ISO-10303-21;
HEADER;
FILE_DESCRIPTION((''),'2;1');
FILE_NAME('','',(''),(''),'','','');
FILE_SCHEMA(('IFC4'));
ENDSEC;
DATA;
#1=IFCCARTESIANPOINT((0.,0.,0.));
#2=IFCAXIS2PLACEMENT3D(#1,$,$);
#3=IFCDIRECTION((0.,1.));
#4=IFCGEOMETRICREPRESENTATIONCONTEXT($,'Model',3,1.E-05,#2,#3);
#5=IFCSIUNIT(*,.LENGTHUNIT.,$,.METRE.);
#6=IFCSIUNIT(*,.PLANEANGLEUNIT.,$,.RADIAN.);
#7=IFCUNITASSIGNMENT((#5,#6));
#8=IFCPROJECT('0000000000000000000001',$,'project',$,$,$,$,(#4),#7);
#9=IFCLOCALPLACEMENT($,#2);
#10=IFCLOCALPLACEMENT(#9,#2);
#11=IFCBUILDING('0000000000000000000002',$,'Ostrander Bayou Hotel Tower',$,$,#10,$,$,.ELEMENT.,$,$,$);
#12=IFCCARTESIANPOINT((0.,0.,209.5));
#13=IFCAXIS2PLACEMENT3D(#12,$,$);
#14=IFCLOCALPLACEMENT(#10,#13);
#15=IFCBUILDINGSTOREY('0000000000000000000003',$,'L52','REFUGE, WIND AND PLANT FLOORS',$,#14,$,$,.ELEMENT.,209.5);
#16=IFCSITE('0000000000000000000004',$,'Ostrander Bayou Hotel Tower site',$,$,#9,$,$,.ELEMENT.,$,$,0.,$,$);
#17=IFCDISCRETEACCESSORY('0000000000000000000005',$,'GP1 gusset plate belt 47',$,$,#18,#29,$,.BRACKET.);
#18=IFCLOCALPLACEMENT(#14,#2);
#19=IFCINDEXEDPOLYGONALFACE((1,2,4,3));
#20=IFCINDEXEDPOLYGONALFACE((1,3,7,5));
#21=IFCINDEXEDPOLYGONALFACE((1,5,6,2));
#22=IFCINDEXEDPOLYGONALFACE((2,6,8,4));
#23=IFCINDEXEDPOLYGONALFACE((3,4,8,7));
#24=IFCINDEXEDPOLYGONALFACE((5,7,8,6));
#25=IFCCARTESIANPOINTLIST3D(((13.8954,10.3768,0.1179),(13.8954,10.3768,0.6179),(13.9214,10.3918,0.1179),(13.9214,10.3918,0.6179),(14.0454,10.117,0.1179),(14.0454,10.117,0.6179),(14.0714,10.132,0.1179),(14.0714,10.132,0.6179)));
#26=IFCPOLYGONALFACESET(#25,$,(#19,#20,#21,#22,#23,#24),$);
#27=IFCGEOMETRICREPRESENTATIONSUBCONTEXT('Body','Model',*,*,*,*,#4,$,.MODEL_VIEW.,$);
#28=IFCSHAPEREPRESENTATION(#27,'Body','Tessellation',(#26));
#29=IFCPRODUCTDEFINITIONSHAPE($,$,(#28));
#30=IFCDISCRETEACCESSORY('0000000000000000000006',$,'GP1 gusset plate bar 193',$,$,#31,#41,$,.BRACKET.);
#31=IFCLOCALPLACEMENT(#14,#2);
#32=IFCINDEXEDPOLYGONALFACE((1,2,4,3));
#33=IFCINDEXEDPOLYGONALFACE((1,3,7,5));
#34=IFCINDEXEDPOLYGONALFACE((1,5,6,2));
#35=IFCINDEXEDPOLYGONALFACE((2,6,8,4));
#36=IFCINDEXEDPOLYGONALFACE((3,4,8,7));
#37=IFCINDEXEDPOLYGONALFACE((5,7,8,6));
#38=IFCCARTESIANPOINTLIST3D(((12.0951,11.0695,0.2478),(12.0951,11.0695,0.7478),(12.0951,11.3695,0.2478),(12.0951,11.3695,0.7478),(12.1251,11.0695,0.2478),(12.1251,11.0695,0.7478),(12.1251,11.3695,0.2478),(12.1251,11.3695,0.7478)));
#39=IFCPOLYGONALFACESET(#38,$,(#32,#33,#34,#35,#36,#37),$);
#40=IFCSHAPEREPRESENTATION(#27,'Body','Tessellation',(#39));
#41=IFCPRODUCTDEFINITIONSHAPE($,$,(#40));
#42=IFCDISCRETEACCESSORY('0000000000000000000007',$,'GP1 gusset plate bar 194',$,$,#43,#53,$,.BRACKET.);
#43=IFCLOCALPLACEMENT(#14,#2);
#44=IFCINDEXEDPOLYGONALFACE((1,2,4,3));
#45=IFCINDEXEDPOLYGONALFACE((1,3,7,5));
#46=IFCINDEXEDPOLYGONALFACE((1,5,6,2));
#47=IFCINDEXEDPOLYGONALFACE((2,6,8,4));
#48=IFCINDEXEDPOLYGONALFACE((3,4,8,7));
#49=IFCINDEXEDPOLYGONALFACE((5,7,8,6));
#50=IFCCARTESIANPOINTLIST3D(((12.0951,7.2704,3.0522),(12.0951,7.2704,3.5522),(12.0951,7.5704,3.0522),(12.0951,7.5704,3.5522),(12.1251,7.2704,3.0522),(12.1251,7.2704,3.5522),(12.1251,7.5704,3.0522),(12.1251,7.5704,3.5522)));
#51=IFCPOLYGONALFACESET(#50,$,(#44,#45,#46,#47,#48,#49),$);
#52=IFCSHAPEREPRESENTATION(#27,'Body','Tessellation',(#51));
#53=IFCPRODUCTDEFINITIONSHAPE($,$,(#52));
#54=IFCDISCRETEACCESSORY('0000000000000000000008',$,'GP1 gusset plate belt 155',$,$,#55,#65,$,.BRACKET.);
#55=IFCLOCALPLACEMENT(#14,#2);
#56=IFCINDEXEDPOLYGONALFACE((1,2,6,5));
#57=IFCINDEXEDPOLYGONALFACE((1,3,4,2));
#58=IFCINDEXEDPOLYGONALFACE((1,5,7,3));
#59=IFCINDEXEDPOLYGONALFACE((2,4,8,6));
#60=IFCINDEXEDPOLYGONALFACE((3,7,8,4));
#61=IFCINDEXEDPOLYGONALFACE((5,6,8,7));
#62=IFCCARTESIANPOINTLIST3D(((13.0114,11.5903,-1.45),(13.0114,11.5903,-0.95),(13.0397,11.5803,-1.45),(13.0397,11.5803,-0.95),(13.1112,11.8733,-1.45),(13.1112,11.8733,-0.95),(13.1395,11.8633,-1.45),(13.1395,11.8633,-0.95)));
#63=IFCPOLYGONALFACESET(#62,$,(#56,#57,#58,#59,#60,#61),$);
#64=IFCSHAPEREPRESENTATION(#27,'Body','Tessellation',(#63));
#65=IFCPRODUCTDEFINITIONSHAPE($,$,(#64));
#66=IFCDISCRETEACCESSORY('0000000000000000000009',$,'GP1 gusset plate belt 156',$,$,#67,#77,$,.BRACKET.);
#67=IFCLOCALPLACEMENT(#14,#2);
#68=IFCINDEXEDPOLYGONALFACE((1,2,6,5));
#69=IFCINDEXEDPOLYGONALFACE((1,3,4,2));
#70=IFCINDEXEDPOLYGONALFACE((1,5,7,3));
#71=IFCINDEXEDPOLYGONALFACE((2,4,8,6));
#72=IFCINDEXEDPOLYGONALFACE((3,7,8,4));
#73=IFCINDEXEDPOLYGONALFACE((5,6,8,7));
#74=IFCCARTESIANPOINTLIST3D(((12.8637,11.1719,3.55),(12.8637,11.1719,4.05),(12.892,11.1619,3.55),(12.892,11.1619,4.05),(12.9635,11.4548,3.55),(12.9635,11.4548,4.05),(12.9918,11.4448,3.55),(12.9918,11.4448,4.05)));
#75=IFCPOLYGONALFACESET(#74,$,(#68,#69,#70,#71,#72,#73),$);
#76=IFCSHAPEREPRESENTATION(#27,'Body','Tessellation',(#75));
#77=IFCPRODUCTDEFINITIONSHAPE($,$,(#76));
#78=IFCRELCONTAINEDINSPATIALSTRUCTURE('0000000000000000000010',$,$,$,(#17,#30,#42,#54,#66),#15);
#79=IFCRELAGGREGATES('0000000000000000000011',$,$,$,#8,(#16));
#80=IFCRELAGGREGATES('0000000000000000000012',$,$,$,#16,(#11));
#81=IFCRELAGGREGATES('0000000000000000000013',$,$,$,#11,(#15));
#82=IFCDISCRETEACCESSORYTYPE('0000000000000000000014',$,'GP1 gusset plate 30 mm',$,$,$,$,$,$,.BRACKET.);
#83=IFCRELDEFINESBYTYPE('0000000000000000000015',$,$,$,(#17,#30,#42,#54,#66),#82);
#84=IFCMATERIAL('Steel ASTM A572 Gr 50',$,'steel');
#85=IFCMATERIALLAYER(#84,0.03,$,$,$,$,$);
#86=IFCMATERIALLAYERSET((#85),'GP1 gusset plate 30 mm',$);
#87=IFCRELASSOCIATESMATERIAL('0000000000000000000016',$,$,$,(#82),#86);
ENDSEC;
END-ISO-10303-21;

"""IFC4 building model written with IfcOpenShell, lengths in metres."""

from ifc_helpers import new_model, si_unit, direction, frame, origin, origin_2d, place, context, subcontext, project, spatial, rectangle, extrude, material, layer, layer_set, type_object, element, save


model = new_model("IFC4")

# Units and contexts
model_context = context("Model", 3, precision=1e-05, world=origin(), true_north=direction((0.0, 1.0)))
body_context = subcontext(model_context, "Body", "Model", "MODEL_VIEW")
ifc_project = project(units=[si_unit("LENGTHUNIT", "METRE"), si_unit("PLANEANGLEUNIT", "RADIAN")], contexts=[model_context])

# Site, building, storey
site_placement = place(None, origin())
site = spatial("IfcSite", under=ifc_project, at=site_placement, Name="Ostrander Bayou Hotel Tower site", CompositionType="ELEMENT", RefElevation=0.0)
building_placement = place(site_placement, origin())
building = spatial("IfcBuilding", under=site, at=building_placement, Name="Ostrander Bayou Hotel Tower", CompositionType="ELEMENT")
storey_placement = place(building_placement, frame((0.0, 0.0, 209.5)))
storey = spatial("IfcBuildingStorey", under=building, at=storey_placement, Name="L52", Description="REFUGE, WIND AND PLANT FLOORS", CompositionType="ELEMENT", Elevation=209.5)

# Discrete accessories
ifc_material_1 = material(Name="Steel ASTM A572 Gr 50", Category="steel")
ifc_layer_1 = layer(ifc_material_1, 0.03)
ifc_layer_set_1 = layer_set([ifc_layer_1], Name="GP1 gusset plate 30 mm")
discrete_accessory_type = type_object("IfcDiscreteAccessoryType", Name="GP1 gusset plate 30 mm", PredefinedType="BRACKET", material=ifc_layer_set_1)
for number, where, z_axis, x_axis, name in (
    (1, (13.9834, 10.2544, 0.1179), (0.0, 0.0, 1.0), (0.500015, -0.866017, 0.0), "GP1 gusset plate belt 47"),
    (2, (12.1101, 11.2195, 0.2478), (0.0, 0.0, 1.0), (0.0, -1.0, 0.0), "GP1 gusset plate bar 193"),
    (3, (12.1101, 7.4204, 3.0522), (0.0, 0.0, 1.0), (0.0, -1.0, 0.0), "GP1 gusset plate bar 194"),
    (4, (13.0754, 11.7268, -1.45), (0.0, 0.0, 1.0), (-0.332737, -0.94302, 0.0), "GP1 gusset plate belt 155"),
    (5, (12.9277, 11.3083, 3.55), (0.0, 0.0, 1.0), (-0.332737, -0.94302, 0.0), "GP1 gusset plate belt 156"),
):
    element("IfcDiscreteAccessory", number, at=place(storey_placement, frame(where, z_axis=z_axis, x_axis=x_axis)), inside=storey, type_object=discrete_accessory_type, Name=name, PredefinedType="BRACKET", context=body_context, shape_type="SweptSolid", body=[
        extrude(rectangle(XDim=0.3, YDim=0.03, at=origin_2d()), origin(), (0.0, 0.0, 1.0), 0.5),
    ])

save(model, "model.ifc")
